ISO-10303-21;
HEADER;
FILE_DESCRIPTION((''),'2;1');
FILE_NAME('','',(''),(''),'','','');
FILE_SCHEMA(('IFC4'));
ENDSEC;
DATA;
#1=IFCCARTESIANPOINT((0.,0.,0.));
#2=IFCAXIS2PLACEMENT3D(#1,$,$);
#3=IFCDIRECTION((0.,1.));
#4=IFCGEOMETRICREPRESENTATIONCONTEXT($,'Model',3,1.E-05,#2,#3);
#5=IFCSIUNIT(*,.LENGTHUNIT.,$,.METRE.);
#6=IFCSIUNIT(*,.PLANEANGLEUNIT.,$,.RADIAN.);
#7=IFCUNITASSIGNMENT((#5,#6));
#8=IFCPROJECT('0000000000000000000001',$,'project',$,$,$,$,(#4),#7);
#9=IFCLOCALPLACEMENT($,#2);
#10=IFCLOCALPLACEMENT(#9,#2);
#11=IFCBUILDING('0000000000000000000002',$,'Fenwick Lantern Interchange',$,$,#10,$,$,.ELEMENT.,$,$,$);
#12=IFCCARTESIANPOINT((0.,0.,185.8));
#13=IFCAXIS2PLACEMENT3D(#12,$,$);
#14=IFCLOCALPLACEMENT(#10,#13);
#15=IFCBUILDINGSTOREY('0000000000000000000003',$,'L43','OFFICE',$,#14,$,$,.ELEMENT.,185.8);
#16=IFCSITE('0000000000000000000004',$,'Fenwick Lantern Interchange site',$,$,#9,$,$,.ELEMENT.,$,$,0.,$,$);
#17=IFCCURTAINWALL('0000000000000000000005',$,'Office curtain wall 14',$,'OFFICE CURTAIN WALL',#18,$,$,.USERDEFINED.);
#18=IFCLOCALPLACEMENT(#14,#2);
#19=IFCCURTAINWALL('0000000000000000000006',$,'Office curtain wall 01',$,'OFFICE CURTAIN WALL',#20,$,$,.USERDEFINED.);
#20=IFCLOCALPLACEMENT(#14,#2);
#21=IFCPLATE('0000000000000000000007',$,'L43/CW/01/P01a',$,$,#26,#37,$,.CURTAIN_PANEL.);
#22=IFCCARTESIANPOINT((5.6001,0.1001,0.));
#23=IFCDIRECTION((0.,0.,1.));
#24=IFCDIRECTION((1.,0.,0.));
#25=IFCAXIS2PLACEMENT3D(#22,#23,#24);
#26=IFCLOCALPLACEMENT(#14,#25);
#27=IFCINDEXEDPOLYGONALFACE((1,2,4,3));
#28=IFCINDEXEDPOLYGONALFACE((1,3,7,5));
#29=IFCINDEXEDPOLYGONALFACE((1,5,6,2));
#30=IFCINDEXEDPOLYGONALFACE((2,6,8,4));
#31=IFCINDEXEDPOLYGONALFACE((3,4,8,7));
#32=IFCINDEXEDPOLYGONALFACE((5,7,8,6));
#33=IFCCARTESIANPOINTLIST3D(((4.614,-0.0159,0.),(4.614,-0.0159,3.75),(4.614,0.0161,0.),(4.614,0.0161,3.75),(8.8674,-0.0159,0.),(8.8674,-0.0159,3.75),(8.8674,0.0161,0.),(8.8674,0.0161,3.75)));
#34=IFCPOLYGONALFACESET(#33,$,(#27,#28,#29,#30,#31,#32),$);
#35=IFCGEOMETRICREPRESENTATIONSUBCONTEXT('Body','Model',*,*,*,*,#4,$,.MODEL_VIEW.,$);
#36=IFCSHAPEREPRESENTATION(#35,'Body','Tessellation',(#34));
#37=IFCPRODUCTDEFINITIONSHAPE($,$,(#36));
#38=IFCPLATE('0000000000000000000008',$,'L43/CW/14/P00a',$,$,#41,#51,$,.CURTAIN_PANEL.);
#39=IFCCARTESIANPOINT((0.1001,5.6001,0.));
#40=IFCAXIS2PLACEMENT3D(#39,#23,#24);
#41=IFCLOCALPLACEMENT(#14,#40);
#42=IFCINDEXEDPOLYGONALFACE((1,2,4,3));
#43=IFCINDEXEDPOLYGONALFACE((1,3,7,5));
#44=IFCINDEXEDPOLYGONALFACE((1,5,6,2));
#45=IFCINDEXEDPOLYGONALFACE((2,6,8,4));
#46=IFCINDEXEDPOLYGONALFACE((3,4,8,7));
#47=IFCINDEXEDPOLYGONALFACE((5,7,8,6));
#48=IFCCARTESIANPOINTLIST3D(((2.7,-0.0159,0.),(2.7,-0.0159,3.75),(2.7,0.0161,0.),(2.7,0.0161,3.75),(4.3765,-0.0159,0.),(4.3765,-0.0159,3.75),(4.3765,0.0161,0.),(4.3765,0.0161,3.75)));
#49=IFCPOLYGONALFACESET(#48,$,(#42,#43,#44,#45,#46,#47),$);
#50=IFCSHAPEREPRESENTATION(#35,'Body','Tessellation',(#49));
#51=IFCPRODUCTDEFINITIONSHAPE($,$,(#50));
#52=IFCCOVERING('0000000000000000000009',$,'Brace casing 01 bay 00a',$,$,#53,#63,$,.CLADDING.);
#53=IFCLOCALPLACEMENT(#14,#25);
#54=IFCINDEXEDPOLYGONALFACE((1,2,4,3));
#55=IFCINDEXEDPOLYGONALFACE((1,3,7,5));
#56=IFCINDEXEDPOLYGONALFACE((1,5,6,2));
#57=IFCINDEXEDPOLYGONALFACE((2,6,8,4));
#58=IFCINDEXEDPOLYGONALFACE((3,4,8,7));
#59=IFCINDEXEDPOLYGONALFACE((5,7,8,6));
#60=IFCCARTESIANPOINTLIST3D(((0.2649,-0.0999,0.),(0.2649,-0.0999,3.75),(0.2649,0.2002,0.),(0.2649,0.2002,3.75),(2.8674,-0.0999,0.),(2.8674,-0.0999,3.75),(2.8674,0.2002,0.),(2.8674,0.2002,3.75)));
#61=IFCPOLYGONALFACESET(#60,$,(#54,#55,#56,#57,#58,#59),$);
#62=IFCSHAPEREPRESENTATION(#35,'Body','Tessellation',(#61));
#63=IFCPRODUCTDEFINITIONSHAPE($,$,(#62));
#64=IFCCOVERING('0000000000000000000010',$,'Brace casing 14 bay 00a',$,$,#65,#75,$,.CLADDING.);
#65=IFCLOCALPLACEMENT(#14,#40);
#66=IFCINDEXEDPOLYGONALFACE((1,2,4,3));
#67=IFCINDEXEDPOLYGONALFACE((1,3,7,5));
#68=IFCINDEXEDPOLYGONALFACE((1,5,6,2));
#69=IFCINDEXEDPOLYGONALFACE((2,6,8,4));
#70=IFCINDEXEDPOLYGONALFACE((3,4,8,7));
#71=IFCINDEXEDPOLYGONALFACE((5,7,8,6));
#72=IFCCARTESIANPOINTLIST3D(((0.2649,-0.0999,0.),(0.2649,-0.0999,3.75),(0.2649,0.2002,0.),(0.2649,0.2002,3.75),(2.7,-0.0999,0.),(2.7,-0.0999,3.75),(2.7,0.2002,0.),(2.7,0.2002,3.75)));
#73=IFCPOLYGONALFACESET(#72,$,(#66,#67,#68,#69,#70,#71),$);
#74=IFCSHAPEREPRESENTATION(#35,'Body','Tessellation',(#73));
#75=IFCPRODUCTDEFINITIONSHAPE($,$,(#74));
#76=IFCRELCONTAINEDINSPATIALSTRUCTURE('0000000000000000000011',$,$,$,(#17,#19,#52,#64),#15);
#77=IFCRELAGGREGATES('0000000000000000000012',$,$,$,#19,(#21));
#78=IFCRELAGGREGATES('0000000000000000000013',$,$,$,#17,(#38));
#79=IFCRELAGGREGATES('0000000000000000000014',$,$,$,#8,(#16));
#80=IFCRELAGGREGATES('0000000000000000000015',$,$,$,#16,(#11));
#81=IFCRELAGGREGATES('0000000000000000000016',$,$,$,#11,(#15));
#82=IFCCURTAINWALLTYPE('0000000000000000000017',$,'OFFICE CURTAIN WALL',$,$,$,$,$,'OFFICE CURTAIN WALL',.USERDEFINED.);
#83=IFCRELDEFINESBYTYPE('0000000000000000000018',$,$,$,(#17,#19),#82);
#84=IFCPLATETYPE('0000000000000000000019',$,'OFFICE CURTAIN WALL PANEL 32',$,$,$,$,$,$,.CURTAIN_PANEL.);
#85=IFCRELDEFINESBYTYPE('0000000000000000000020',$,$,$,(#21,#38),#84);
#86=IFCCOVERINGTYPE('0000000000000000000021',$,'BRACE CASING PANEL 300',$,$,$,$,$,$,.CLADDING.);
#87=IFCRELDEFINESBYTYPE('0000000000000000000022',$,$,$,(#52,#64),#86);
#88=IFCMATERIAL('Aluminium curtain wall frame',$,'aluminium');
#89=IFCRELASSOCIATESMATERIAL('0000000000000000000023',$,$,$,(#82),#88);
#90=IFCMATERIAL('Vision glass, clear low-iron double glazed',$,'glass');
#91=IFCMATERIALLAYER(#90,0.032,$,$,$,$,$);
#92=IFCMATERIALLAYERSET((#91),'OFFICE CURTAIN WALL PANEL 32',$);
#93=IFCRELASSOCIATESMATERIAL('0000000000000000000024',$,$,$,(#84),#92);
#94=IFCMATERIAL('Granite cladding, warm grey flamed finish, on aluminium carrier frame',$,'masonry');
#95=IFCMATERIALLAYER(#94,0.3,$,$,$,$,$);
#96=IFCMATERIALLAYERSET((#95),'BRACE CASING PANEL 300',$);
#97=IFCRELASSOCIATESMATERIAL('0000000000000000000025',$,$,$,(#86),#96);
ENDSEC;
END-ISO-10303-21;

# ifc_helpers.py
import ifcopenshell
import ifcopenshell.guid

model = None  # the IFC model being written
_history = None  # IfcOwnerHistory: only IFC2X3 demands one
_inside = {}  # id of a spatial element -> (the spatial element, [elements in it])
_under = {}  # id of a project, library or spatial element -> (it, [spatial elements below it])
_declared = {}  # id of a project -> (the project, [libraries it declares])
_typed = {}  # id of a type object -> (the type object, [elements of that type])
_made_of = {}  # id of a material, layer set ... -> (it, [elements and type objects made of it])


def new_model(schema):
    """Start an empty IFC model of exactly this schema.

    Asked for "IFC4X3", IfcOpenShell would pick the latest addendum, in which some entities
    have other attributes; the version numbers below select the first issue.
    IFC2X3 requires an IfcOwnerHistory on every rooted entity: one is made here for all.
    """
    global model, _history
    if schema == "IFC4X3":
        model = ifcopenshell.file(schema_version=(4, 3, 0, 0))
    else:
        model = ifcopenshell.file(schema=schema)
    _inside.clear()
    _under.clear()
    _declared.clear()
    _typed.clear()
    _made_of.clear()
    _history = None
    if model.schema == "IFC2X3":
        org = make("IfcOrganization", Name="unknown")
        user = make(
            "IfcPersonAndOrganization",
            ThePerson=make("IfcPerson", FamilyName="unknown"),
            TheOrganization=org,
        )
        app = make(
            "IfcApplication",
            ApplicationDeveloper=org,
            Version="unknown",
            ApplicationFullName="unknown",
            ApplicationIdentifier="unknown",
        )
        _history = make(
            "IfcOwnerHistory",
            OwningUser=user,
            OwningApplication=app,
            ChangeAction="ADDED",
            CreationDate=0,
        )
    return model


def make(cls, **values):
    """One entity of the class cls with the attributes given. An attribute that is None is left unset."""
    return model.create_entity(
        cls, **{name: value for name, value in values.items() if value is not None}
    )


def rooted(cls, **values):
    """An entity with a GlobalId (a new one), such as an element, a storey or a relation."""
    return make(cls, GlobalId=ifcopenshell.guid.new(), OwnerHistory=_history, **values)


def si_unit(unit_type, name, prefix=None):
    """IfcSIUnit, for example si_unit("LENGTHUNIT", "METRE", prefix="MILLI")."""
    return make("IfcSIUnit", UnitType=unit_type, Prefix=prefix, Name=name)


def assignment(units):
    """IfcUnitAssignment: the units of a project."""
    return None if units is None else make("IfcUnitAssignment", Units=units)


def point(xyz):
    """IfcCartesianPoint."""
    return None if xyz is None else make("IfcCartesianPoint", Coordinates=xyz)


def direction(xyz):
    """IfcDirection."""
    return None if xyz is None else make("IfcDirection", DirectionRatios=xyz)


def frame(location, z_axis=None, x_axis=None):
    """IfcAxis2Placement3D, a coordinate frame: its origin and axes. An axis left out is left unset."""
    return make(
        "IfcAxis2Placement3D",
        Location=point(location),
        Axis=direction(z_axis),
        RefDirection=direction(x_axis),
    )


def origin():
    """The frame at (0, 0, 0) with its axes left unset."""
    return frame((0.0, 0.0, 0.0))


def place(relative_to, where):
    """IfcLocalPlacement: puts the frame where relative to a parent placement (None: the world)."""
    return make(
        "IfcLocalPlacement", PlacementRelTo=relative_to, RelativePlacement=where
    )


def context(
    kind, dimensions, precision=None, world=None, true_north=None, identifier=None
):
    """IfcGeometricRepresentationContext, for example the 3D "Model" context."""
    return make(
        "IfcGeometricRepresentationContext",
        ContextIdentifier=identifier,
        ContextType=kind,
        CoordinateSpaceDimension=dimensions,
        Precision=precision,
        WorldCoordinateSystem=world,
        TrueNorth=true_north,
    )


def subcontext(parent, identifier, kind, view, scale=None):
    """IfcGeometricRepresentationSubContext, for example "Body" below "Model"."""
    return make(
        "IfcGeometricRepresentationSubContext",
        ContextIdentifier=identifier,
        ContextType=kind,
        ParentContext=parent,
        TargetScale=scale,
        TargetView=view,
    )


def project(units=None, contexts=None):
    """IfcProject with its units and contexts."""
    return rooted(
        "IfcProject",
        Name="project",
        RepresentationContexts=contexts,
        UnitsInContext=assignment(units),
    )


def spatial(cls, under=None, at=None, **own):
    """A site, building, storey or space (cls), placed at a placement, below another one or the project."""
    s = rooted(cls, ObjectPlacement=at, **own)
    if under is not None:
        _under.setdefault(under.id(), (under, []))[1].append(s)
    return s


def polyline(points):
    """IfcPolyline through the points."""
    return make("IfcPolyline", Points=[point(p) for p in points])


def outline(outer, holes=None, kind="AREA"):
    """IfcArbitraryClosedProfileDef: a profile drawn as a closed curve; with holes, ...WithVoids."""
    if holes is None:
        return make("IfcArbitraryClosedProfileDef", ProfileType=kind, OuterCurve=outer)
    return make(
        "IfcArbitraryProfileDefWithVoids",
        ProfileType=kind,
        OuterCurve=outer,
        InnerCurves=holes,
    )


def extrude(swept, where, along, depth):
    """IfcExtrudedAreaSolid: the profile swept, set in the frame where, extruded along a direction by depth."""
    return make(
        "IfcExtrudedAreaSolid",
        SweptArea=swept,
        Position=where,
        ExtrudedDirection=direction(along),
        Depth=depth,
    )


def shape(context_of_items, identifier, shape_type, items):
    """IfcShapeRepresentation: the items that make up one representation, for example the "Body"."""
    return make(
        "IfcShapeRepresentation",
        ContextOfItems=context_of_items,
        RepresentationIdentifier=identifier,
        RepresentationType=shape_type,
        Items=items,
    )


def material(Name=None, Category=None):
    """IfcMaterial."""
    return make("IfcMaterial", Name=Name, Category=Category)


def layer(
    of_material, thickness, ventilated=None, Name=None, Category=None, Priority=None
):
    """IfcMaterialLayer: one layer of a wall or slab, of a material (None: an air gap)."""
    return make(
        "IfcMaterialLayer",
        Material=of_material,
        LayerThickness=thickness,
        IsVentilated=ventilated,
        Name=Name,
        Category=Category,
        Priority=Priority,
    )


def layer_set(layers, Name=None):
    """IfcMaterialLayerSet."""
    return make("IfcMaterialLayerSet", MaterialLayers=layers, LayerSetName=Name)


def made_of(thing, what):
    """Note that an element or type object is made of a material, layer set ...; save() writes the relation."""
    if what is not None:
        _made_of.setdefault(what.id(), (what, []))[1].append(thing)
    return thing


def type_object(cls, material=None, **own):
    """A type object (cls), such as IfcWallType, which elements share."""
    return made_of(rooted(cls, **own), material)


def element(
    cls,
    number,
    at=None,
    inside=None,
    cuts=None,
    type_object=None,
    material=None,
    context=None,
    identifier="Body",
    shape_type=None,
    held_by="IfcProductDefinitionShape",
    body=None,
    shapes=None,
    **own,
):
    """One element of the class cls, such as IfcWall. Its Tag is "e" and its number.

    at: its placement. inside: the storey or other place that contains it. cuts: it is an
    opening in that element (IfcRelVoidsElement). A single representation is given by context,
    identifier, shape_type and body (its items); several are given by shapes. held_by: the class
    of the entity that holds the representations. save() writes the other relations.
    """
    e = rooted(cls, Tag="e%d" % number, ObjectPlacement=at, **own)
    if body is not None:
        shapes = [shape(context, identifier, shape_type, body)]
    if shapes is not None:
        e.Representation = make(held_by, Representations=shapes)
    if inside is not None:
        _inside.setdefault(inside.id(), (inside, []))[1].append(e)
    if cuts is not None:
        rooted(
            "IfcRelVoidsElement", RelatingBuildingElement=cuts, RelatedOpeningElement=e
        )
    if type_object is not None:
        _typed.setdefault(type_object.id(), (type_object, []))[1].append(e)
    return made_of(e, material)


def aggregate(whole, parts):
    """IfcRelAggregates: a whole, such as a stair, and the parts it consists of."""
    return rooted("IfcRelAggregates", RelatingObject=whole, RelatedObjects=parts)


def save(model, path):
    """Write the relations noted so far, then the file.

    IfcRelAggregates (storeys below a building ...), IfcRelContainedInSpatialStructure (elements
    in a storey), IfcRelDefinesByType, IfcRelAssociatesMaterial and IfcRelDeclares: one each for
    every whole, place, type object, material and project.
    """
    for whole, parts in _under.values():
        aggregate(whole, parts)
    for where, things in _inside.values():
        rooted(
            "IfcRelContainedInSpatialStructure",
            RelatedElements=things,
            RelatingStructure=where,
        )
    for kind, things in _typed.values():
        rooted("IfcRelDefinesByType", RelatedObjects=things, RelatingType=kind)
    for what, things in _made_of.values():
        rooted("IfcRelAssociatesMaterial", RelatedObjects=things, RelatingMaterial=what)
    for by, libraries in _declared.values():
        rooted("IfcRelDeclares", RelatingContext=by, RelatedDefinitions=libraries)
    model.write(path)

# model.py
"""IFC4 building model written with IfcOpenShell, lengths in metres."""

from ifc_helpers import new_model, si_unit, direction, frame, origin, place, context, subcontext, project, spatial, polyline, outline, extrude, material, layer, layer_set, type_object, element, aggregate, save


model = new_model("IFC4")

# Units and contexts
model_context = context("Model", 3, precision=1e-05, world=origin(), true_north=direction((0.0, 1.0)))
body_context = subcontext(model_context, "Body", "Model", "MODEL_VIEW")
ifc_project = project(units=[si_unit("LENGTHUNIT", "METRE"), si_unit("PLANEANGLEUNIT", "RADIAN")], contexts=[model_context])

# Site, building, storey
site_placement = place(None, origin())
site = spatial("IfcSite", under=ifc_project, at=site_placement, Name="Fenwick Lantern Interchange site", CompositionType="ELEMENT", RefElevation=0.0)
building_placement = place(site_placement, origin())
building = spatial("IfcBuilding", under=site, at=building_placement, Name="Fenwick Lantern Interchange", CompositionType="ELEMENT")
storey_placement = place(building_placement, frame((0.0, 0.0, 185.8)))
storey = spatial("IfcBuildingStorey", under=building, at=storey_placement, Name="L43", Description="OFFICE", CompositionType="ELEMENT", Elevation=185.8)

# Shared definitions
ifc_material_1 = material(Name="Aluminium curtain wall frame", Category="aluminium")
curtain_wall_type = type_object("IfcCurtainWallType", Name="OFFICE CURTAIN WALL", ElementType="OFFICE CURTAIN WALL", PredefinedType="USERDEFINED", material=ifc_material_1)

# Curtain wall
curtain_wall_1_placement = place(storey_placement, origin())
curtain_wall_1 = element("IfcCurtainWall", 1, at=curtain_wall_1_placement, inside=storey, type_object=curtain_wall_type, Name="Office curtain wall 14", ObjectType="OFFICE CURTAIN WALL", PredefinedType="USERDEFINED")

# Curtain wall, plate
curtain_wall_2_placement = place(storey_placement, origin())
curtain_wall_2 = element("IfcCurtainWall", 2, at=curtain_wall_2_placement, inside=storey, type_object=curtain_wall_type, Name="Office curtain wall 01", ObjectType="OFFICE CURTAIN WALL", PredefinedType="USERDEFINED")
ifc_material_2 = material(Name="Vision glass, clear low-iron double glazed", Category="glass")
ifc_layer_1 = layer(ifc_material_2, 0.032)
ifc_layer_set_1 = layer_set([ifc_layer_1], Name="OFFICE CURTAIN WALL PANEL 32")
plate_type = type_object("IfcPlateType", Name="OFFICE CURTAIN WALL PANEL 32", PredefinedType="CURTAIN_PANEL", material=ifc_layer_set_1)
plate_1_placement = place(storey_placement, frame((5.6001, 0.1001, 0.0), z_axis=(0.0, 0.0, 1.0), x_axis=(1.0, 0.0, 0.0)))
plate_1 = element("IfcPlate", 3, at=plate_1_placement, type_object=plate_type, Name="L43/CW/01/P01a", PredefinedType="CURTAIN_PANEL", context=body_context, shape_type="SweptSolid", body=[
    extrude(outline(polyline([(4.614, 0.0), (8.8674, 0.0), (8.8674, 3.75), (4.614, 3.75), (4.614, 0.0)])), frame((0.0, 0.0161, 0.0), z_axis=(0.0, -1.0, 0.0), x_axis=(1.0, 0.0, 0.0)), (0.0, 0.0, 1.0), 0.032),
])
aggregate(curtain_wall_2, [plate_1])

# Plate
plate_2_placement = place(storey_placement, frame((0.1001, 5.6001, 0.0), z_axis=(0.0, 0.0, 1.0), x_axis=(1.0, 0.0, 0.0)))
plate_2 = element("IfcPlate", 4, at=plate_2_placement, type_object=plate_type, Name="L43/CW/14/P00a", PredefinedType="CURTAIN_PANEL", context=body_context, shape_type="SweptSolid", body=[
    extrude(outline(polyline([(2.7, 0.0), (4.3765, 0.0), (4.3765, 3.75), (2.7, 3.75), (2.7, 0.0)])), frame((0.0, 0.0161, 0.0), z_axis=(0.0, -1.0, 0.0), x_axis=(1.0, 0.0, 0.0)), (0.0, 0.0, 1.0), 0.032),
])
aggregate(curtain_wall_1, [plate_2])

# Coverings
ifc_material_3 = material(Name="Granite cladding, warm grey flamed finish, on aluminium carrier frame", Category="masonry")
ifc_layer_2 = layer(ifc_material_3, 0.3)
ifc_layer_set_2 = layer_set([ifc_layer_2], Name="BRACE CASING PANEL 300")
covering_type_1 = type_object("IfcCoveringType", Name="BRACE CASING PANEL 300", PredefinedType="CLADDING", material=ifc_layer_set_2)
covering_1_placement = place(storey_placement, frame((5.6001, 0.1001, 0.0), z_axis=(0.0, 0.0, 1.0), x_axis=(1.0, 0.0, 0.0)))
element("IfcCovering", 5, at=covering_1_placement, inside=storey, type_object=covering_type_1, Name="Brace casing 01 bay 00a", PredefinedType="CLADDING", context=body_context, shape_type="SweptSolid", body=[
    extrude(outline(polyline([(0.2649, 0.0), (2.8674, 0.0), (2.8674, 3.75), (0.2649, 3.75), (0.2649, 0.0)])), frame((0.0, 0.2002, 0.0), z_axis=(0.0, -1.0, 0.0), x_axis=(1.0, 0.0, 0.0)), (0.0, 0.0, 1.0), 0.3),
])
covering_2_placement = place(storey_placement, frame((0.1001, 5.6001, 0.0), z_axis=(0.0, 0.0, 1.0), x_axis=(1.0, 0.0, 0.0)))
element("IfcCovering", 6, at=covering_2_placement, inside=storey, type_object=covering_type_1, Name="Brace casing 14 bay 00a", PredefinedType="CLADDING", context=body_context, shape_type="SweptSolid", body=[
    extrude(outline(polyline([(0.2649, 0.0), (2.7, 0.0), (2.7, 3.75), (0.2649, 3.75), (0.2649, 0.0)])), frame((0.0, 0.2002, 0.0), z_axis=(0.0, -1.0, 0.0), x_axis=(1.0, 0.0, 0.0)), (0.0, 0.0, 1.0), 0.3),
])

save(model, "model.ifc")
